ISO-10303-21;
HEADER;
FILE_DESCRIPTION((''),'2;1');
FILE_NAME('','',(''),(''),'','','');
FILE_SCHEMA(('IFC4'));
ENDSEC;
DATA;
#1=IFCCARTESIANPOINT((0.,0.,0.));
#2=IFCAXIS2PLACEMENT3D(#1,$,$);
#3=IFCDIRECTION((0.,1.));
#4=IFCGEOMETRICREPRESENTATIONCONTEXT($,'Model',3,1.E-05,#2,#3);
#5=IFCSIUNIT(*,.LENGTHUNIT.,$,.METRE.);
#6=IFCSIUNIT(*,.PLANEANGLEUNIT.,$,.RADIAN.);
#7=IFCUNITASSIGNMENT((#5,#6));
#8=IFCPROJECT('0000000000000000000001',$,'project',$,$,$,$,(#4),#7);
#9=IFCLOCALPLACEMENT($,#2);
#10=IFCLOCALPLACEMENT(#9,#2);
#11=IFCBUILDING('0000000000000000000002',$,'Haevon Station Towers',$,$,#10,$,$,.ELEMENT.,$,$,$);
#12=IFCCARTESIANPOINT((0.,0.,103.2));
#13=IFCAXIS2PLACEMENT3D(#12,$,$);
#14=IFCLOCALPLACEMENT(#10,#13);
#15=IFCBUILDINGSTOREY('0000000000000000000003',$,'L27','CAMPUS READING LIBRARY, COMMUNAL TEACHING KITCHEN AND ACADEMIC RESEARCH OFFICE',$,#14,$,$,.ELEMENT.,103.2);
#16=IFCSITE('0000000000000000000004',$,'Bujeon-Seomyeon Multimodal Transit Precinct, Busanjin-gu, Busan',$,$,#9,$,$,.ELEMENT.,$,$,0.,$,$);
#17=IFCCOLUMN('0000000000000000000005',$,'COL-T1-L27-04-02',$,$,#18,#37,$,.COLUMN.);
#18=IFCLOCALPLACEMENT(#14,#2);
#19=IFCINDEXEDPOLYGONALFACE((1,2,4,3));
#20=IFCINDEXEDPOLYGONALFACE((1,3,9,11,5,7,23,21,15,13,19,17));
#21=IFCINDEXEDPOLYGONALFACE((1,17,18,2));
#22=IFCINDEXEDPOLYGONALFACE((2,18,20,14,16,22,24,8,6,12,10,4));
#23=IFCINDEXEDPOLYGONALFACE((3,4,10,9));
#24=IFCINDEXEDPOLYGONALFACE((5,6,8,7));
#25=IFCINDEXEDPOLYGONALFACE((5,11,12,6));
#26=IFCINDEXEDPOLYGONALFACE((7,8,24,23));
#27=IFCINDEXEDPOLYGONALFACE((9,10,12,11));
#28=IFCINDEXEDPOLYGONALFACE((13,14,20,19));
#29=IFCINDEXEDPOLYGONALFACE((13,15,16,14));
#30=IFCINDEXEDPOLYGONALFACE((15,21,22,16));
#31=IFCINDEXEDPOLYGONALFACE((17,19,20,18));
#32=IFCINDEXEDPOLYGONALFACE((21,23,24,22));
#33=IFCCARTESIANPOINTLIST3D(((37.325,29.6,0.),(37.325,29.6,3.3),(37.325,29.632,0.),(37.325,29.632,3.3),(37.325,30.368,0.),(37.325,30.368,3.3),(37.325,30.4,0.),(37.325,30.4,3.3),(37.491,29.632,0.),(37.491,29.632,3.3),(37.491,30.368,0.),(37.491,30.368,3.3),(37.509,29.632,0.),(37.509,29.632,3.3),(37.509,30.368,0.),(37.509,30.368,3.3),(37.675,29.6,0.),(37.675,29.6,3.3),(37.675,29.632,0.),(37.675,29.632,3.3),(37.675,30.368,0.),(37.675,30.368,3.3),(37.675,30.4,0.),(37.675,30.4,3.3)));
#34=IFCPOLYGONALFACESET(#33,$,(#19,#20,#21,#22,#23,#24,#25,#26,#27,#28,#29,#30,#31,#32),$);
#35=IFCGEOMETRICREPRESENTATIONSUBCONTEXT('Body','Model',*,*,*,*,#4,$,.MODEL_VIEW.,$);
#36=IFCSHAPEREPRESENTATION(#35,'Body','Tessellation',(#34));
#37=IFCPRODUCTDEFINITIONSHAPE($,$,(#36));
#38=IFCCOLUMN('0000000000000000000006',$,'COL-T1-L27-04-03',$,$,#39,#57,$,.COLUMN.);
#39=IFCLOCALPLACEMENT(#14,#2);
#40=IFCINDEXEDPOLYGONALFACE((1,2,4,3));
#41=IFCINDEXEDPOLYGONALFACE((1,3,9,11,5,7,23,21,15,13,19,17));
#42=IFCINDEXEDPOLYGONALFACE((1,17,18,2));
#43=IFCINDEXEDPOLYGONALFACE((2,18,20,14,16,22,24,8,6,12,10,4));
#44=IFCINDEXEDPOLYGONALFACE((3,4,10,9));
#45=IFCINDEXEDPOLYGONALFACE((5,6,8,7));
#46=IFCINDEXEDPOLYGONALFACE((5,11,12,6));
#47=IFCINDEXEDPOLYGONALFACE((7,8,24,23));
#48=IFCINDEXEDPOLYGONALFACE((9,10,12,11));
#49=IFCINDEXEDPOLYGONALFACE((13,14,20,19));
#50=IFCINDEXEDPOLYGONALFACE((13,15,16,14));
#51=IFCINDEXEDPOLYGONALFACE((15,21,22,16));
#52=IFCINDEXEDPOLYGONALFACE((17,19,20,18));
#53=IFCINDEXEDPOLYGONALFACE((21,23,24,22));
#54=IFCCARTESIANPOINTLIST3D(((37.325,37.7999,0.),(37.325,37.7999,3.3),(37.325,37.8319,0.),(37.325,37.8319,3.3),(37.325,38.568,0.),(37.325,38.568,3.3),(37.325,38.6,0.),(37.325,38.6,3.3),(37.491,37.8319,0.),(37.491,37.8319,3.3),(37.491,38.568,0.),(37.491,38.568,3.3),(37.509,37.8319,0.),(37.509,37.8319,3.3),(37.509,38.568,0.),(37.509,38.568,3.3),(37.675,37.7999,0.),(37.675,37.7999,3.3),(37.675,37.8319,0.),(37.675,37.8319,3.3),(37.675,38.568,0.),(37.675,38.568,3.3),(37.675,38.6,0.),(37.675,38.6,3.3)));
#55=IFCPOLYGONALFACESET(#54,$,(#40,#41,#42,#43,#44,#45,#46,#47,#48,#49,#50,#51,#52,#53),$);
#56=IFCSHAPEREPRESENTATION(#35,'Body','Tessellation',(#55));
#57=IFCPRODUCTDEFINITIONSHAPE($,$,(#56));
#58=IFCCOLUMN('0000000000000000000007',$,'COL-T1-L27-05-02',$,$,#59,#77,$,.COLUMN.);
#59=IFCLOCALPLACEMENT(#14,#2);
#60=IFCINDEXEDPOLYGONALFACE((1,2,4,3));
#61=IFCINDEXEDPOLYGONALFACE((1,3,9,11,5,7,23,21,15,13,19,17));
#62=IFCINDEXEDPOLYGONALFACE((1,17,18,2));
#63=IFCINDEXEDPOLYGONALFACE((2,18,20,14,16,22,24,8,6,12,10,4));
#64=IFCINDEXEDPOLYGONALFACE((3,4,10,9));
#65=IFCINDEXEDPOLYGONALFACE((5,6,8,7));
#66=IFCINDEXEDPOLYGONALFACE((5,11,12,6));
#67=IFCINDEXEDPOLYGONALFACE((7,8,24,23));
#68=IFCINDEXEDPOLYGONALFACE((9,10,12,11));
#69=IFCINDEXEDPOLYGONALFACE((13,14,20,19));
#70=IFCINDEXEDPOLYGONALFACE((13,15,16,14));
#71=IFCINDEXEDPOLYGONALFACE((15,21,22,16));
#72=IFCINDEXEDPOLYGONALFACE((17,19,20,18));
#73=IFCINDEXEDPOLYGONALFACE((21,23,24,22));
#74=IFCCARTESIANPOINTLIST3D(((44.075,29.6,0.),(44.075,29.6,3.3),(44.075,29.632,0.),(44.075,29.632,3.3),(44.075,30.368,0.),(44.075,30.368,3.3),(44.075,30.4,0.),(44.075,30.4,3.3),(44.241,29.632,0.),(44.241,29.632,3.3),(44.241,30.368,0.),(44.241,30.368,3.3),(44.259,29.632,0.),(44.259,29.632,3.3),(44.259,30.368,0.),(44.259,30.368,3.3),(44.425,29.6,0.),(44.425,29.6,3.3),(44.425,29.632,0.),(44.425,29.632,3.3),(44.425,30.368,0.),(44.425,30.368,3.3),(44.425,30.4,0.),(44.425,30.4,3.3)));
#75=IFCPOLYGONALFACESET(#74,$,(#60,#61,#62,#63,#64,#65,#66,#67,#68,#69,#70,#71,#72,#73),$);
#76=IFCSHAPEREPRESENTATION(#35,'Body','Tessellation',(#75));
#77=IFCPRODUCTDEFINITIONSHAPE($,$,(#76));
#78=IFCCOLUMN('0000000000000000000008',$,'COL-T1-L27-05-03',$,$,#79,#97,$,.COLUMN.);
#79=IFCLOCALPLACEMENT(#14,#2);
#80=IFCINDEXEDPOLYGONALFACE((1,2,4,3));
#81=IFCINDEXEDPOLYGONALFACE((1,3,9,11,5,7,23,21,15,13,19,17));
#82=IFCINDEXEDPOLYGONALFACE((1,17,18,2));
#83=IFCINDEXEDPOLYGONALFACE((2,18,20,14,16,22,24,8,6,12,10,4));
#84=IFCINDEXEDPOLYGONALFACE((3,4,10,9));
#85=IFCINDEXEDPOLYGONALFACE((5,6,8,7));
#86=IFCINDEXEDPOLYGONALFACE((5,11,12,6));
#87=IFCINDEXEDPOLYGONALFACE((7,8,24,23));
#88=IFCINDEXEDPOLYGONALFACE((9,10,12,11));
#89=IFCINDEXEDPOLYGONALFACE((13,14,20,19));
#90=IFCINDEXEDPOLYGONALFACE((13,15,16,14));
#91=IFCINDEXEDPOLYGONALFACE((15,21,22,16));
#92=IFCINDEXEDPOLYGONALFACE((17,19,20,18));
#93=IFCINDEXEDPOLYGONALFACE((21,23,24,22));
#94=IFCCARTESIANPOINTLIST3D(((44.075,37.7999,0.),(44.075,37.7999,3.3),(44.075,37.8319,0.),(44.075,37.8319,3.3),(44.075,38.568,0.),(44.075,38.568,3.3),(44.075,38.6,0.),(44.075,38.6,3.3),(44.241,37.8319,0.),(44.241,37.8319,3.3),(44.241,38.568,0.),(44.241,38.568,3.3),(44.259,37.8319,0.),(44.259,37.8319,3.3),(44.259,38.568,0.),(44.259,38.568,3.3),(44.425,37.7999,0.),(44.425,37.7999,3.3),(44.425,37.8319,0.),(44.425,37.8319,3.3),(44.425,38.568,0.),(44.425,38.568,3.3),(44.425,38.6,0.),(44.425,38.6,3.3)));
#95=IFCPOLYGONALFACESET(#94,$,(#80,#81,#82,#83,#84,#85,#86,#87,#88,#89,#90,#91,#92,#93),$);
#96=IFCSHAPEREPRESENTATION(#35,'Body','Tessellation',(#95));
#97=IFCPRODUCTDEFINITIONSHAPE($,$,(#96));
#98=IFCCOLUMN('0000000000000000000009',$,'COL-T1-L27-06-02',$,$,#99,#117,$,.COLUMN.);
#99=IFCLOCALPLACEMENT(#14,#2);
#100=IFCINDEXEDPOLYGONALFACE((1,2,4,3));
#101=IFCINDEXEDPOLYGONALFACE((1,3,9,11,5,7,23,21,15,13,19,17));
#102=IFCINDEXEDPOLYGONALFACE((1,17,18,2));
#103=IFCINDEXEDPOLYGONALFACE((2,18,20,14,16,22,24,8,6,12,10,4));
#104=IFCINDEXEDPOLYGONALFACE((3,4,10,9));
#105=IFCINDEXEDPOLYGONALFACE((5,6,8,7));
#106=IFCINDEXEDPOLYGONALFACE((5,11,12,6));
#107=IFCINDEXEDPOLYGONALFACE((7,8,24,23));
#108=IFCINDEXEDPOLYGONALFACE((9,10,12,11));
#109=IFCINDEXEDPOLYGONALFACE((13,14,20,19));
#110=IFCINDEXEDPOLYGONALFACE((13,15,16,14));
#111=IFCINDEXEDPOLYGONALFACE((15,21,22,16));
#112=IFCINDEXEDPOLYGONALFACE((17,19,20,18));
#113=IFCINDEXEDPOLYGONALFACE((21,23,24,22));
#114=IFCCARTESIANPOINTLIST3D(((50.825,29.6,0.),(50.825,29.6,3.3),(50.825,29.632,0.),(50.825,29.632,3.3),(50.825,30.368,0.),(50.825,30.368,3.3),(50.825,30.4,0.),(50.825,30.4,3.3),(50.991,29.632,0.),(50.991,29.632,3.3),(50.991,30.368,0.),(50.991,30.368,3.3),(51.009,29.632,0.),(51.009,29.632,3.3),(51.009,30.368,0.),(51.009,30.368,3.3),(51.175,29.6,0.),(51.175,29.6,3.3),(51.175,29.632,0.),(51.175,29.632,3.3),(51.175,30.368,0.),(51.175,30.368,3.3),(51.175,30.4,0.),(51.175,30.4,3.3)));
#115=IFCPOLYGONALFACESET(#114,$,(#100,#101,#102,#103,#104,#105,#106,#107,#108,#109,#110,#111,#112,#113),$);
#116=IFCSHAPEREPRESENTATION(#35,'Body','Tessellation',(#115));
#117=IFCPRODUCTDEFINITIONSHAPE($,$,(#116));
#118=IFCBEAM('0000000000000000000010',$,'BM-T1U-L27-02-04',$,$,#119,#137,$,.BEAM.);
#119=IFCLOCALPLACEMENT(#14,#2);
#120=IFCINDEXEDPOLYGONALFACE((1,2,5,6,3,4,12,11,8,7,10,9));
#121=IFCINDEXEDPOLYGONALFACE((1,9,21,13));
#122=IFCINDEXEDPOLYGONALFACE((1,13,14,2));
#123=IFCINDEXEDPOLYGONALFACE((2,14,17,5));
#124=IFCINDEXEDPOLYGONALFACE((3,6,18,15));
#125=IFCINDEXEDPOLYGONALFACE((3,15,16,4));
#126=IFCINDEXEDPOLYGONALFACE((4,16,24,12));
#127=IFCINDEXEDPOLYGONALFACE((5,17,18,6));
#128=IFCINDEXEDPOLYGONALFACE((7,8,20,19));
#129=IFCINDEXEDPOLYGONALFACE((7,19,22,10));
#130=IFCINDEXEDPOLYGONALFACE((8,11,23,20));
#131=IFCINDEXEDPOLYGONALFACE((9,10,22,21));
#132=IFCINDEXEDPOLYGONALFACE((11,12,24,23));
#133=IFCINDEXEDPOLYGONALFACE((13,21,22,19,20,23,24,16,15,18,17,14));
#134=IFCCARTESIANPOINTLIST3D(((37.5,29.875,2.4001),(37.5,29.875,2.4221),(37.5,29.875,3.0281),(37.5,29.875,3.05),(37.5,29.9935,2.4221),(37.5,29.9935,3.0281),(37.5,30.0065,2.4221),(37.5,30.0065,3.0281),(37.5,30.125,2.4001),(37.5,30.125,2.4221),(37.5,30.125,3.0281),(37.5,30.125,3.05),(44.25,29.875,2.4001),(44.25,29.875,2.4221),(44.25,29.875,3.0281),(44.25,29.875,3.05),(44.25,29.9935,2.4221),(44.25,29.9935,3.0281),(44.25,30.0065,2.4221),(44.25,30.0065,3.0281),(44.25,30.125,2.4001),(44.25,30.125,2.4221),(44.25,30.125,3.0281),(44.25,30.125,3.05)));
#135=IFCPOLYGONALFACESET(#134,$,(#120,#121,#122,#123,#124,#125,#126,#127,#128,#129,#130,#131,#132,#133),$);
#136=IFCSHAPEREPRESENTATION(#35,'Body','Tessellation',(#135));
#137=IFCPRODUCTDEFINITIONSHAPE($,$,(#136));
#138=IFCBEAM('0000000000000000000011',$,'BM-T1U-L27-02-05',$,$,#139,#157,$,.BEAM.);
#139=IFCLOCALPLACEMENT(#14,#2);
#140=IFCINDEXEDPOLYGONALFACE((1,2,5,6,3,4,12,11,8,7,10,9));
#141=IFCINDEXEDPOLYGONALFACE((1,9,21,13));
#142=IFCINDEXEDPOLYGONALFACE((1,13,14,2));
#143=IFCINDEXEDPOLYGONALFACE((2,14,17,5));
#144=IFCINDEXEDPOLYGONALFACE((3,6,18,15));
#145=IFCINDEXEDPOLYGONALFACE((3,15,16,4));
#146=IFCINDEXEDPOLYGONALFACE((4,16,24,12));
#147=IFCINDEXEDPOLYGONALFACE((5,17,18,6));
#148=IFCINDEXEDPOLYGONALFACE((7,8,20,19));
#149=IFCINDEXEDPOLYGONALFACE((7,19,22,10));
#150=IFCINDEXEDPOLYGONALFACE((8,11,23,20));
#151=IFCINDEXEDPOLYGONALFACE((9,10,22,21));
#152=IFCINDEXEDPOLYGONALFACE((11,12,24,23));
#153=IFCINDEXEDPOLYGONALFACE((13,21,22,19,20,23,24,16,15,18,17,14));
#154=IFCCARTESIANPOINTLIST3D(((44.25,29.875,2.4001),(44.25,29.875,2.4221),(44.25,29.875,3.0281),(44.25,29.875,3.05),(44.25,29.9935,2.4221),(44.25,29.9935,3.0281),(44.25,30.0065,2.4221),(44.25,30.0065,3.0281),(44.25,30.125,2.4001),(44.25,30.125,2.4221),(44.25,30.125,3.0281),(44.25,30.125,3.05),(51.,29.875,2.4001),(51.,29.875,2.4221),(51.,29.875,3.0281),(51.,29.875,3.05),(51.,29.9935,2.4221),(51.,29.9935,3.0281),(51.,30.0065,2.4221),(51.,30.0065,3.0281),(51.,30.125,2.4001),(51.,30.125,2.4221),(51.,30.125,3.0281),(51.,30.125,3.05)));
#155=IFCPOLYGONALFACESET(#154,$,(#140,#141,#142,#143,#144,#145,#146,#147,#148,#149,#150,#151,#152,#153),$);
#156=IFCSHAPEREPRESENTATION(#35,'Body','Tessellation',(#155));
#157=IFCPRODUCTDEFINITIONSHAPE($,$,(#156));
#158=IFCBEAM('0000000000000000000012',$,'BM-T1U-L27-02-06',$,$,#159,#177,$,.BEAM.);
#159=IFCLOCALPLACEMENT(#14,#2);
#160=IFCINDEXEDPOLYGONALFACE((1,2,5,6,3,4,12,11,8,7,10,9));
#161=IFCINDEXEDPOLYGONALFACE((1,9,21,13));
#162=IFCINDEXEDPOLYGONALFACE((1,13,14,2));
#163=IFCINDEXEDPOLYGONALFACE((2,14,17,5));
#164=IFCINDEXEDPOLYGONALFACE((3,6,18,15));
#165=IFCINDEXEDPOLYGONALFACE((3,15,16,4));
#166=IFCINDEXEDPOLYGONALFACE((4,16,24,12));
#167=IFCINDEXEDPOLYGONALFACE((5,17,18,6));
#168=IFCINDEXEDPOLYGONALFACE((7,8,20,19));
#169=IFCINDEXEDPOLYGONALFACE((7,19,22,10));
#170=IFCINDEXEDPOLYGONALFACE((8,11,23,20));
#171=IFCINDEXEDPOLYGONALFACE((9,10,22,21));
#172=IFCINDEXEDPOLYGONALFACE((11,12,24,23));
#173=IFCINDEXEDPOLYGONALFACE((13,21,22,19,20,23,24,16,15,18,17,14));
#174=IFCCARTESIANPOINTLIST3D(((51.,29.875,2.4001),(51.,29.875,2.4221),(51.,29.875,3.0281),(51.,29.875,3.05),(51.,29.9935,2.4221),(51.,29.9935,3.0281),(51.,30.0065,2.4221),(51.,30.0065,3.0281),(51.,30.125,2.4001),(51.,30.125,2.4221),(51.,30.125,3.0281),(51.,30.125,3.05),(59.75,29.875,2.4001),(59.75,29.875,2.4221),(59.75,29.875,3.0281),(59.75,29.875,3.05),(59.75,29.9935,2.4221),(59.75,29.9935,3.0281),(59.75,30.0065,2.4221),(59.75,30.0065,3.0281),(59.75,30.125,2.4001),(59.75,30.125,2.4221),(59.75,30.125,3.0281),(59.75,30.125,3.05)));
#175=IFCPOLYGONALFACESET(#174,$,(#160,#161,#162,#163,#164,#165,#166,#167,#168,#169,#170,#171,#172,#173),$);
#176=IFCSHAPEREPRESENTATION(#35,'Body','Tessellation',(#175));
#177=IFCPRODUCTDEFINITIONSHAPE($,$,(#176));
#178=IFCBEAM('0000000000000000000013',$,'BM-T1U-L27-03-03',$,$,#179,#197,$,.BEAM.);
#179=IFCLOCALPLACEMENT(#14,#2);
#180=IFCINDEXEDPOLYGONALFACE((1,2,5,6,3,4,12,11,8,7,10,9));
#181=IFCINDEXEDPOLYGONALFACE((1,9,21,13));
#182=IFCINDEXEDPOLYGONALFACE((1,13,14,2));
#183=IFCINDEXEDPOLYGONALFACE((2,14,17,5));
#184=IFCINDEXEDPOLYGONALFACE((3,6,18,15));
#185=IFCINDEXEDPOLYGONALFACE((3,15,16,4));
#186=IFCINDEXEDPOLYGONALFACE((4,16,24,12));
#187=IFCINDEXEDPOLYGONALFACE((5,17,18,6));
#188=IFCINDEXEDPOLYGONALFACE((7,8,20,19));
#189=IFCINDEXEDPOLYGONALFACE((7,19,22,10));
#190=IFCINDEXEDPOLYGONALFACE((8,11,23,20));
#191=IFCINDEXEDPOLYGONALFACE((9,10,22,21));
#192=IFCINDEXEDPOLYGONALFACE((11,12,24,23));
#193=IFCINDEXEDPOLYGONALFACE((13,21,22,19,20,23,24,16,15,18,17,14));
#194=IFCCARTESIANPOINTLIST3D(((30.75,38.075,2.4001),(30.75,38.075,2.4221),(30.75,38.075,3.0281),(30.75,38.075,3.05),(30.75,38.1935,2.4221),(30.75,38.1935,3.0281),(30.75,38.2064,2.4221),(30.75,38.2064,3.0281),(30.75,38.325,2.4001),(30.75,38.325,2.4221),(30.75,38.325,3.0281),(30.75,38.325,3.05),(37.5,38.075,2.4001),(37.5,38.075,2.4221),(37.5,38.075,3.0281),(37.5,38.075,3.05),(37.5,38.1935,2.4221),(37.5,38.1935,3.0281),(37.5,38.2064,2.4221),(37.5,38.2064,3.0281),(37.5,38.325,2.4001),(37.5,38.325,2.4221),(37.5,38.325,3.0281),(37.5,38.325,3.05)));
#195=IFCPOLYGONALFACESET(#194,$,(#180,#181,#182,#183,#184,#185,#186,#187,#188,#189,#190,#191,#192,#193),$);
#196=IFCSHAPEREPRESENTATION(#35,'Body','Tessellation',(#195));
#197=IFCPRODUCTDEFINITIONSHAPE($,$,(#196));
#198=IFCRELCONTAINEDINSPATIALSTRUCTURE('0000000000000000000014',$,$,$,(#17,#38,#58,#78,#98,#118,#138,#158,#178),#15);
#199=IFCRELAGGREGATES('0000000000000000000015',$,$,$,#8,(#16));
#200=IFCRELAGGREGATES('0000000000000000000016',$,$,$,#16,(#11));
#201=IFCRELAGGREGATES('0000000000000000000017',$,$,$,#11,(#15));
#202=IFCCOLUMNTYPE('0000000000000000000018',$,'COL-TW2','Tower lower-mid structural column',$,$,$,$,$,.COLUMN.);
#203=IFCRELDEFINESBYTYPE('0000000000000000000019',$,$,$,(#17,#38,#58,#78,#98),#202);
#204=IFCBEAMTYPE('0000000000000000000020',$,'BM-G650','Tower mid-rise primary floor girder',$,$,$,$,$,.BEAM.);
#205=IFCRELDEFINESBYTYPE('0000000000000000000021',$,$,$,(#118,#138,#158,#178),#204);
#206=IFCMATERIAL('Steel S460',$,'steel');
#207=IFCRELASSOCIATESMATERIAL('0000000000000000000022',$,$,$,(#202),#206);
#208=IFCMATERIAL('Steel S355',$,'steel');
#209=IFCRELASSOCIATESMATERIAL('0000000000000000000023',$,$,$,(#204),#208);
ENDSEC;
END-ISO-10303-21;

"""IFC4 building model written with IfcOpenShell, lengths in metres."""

from ifc_helpers import new_model, si_unit, direction, frame, origin, origin_2d, place, context, subcontext, project, spatial, i_section, extrude, material, material_profile, profile_set, type_object, element, save


model = new_model("IFC4")

# Units and contexts
model_context = context("Model", 3, precision=1e-05, world=origin(), true_north=direction((0.0, 1.0)))
body_context = subcontext(model_context, "Body", "Model", "MODEL_VIEW")
ifc_project = project(units=[si_unit("LENGTHUNIT", "METRE"), si_unit("PLANEANGLEUNIT", "RADIAN")], contexts=[model_context])

# Site, building, storey
site_placement = place(None, origin())
site = spatial("IfcSite", under=ifc_project, at=site_placement, Name="Bujeon-Seomyeon Multimodal Transit Precinct, Busanjin-gu, Busan", CompositionType="ELEMENT", RefElevation=0.0)
building_placement = place(site_placement, origin())
building = spatial("IfcBuilding", under=site, at=building_placement, Name="Haevon Station Towers", CompositionType="ELEMENT")
storey_placement = place(building_placement, frame((0.0, 0.0, 103.2)))
storey = spatial("IfcBuildingStorey", under=building, at=storey_placement, Name="L27", Description="CAMPUS READING LIBRARY, COMMUNAL TEACHING KITCHEN AND ACADEMIC RESEARCH OFFICE", CompositionType="ELEMENT", Elevation=103.2)

# Columns
ifc_material_1 = material(Name="Steel S460", Category="steel")
ifc_material_profile_1 = material_profile(ifc_material_1, i_section(OverallWidth=0.3501, OverallDepth=0.8, WebThickness=0.0181, FlangeThickness=0.032, at=origin_2d()), Name="H-800x350x18x32")
ifc_profile_set_1 = profile_set([ifc_material_profile_1], Name="Steel S460")
column_type = type_object("IfcColumnType", Name="COL-TW2", Description="Tower lower-mid structural column", PredefinedType="COLUMN", material=ifc_profile_set_1)
for number, where, z_axis, x_axis, name in (
    (1, (37.5, 30.0, 0.0), (0.0, 0.0, 1.0), (1.0, 0.0, 0.0), "COL-T1-L27-04-02"),
    (2, (37.5, 38.2, 0.0), (0.0, 0.0, 1.0), (1.0, 0.0, 0.0), "COL-T1-L27-04-03"),
    (3, (44.25, 30.0, 0.0), (0.0, 0.0, 1.0), (1.0, 0.0, 0.0), "COL-T1-L27-05-02"),
    (4, (44.25, 38.2, 0.0), (0.0, 0.0, 1.0), (1.0, 0.0, 0.0), "COL-T1-L27-05-03"),
    (5, (51.0, 30.0, 0.0), (0.0, 0.0, 1.0), (1.0, 0.0, 0.0), "COL-T1-L27-06-02"),
):
    element("IfcColumn", number, at=place(storey_placement, frame(where, z_axis=z_axis, x_axis=x_axis)), inside=storey, type_object=column_type, Name=name, PredefinedType="COLUMN", context=body_context, shape_type="SweptSolid", body=[
        extrude(i_section(OverallWidth=0.3501, OverallDepth=0.8, WebThickness=0.0181, FlangeThickness=0.032, at=origin_2d()), origin(), (0.0, 0.0, 1.0), 3.3),
    ])

# Beams
ifc_material_2 = material(Name="Steel S355", Category="steel")
ifc_material_profile_2 = material_profile(ifc_material_2, i_section(OverallWidth=0.25, OverallDepth=0.6499, WebThickness=0.0129, FlangeThickness=0.022, at=origin_2d()), Name="H-650x250x13x22")
ifc_profile_set_2 = profile_set([ifc_material_profile_2], Name="Steel S355")
beam_type_1 = type_object("IfcBeamType", Name="BM-G650", Description="Tower mid-rise primary floor girder", PredefinedType="BEAM", material=ifc_profile_set_2)
for number, where, z_axis, x_axis, name in (
    (6, (37.5, 30.0, 2.7251), (1.0, 0.0, 0.0), (0.0, 1.0, 0.0), "BM-T1U-L27-02-04"),
    (7, (44.25, 30.0, 2.7251), (1.0, 0.0, 0.0), (0.0, 1.0, 0.0), "BM-T1U-L27-02-05"),
):
    element("IfcBeam", number, at=place(storey_placement, frame(where, z_axis=z_axis, x_axis=x_axis)), inside=storey, type_object=beam_type_1, Name=name, PredefinedType="BEAM", context=body_context, shape_type="SweptSolid", body=[
        extrude(i_section(OverallWidth=0.25, OverallDepth=0.6499, WebThickness=0.0129, FlangeThickness=0.022, at=origin_2d()), origin(), (0.0, 0.0, 1.0), 6.75),
    ])
beam_1_placement = place(storey_placement, frame((51.0, 30.0, 2.7251), z_axis=(1.0, 0.0, 0.0), x_axis=(0.0, 1.0, 0.0)))
element("IfcBeam", 8, at=beam_1_placement, inside=storey, type_object=beam_type_1, Name="BM-T1U-L27-02-06", PredefinedType="BEAM", context=body_context, shape_type="SweptSolid", body=[
    extrude(i_section(OverallWidth=0.25, OverallDepth=0.6499, WebThickness=0.0129, FlangeThickness=0.022, at=origin_2d()), origin(), (0.0, 0.0, 1.0), 8.75),
])
for number, where, z_axis, x_axis, name in (
    (9, (30.75, 38.2, 2.7251), (1.0, 0.0, 0.0), (0.0, 1.0, 0.0), "BM-T1U-L27-03-03"),
):
    element("IfcBeam", number, at=place(storey_placement, frame(where, z_axis=z_axis, x_axis=x_axis)), inside=storey, type_object=beam_type_1, Name=name, PredefinedType="BEAM", context=body_context, shape_type="SweptSolid", body=[
        extrude(i_section(OverallWidth=0.25, OverallDepth=0.6499, WebThickness=0.0129, FlangeThickness=0.022, at=origin_2d()), origin(), (0.0, 0.0, 1.0), 6.75),
    ])

save(model, "model.ifc")
